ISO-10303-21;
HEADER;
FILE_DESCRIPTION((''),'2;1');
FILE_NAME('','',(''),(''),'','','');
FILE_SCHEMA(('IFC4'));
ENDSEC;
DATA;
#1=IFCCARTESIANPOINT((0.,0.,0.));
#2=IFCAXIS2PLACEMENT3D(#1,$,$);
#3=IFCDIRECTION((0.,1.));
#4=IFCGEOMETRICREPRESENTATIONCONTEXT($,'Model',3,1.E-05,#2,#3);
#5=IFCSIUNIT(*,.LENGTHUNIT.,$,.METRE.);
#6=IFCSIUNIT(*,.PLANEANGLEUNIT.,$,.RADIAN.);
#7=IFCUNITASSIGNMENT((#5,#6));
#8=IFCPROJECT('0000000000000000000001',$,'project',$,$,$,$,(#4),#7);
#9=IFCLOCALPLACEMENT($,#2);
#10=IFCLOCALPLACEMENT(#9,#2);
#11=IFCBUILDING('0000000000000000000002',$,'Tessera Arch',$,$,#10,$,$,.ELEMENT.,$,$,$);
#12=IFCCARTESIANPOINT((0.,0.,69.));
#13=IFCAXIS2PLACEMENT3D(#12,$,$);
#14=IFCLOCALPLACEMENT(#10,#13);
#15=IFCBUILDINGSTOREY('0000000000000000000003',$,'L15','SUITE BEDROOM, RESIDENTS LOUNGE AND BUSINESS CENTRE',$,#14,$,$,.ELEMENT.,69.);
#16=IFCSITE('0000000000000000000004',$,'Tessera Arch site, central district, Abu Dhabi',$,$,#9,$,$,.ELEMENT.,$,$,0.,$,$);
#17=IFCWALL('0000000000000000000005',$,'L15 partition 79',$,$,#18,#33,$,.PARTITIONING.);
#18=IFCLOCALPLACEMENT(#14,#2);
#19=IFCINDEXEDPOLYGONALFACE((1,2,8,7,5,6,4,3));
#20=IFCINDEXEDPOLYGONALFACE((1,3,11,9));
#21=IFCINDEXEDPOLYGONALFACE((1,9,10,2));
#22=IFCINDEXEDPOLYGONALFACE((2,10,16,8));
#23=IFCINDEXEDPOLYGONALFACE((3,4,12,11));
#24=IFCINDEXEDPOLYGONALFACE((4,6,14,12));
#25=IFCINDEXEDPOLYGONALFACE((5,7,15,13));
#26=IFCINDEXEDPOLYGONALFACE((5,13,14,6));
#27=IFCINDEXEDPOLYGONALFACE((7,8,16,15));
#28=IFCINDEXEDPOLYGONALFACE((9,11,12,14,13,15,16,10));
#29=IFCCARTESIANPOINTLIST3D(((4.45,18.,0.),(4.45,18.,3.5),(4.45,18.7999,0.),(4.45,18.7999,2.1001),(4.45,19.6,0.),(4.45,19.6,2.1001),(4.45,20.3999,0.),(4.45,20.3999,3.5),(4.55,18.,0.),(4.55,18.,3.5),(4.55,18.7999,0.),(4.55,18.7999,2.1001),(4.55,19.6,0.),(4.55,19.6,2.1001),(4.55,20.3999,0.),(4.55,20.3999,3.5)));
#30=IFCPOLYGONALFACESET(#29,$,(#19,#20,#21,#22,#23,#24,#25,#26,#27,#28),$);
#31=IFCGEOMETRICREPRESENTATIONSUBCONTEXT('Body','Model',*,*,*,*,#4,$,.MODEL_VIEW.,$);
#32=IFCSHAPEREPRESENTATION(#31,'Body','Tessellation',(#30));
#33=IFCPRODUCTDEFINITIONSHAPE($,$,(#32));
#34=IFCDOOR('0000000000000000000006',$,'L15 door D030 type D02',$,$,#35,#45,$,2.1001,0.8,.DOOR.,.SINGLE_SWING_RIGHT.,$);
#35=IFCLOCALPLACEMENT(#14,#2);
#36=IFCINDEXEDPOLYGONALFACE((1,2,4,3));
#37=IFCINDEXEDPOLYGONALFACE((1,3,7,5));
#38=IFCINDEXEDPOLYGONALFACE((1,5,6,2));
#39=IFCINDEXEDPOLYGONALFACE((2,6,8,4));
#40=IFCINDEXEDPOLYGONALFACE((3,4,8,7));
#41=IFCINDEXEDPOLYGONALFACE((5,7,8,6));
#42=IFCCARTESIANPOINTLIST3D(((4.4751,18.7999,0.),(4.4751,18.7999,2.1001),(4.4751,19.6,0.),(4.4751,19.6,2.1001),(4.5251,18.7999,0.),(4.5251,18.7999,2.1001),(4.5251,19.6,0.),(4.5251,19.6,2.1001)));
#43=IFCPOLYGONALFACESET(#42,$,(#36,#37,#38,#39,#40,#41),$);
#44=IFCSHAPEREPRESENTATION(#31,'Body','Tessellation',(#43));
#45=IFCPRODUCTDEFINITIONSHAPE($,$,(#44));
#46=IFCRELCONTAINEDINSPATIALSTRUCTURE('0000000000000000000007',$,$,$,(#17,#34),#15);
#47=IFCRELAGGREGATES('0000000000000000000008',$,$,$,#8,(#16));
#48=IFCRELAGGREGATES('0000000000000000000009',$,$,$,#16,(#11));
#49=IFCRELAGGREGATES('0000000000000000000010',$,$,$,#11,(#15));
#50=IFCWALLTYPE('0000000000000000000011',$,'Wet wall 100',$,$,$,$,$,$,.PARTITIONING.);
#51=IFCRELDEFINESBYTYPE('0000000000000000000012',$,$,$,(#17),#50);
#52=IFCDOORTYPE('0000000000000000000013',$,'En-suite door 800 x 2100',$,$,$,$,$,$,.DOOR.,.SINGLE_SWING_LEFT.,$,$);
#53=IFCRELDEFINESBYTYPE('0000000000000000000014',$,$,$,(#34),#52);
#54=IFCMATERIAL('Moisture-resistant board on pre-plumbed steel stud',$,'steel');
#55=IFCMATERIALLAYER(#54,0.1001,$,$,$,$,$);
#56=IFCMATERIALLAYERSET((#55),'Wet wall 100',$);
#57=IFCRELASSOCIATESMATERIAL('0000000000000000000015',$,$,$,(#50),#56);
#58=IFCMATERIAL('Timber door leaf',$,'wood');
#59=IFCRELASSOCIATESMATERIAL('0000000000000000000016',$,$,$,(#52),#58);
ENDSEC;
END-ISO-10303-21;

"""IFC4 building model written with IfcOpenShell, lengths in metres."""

from ifc_helpers import new_model, si_unit, direction, frame, frame_2d, origin, place, context, subcontext, project, spatial, rectangle, extrude, material, layer, layer_set, type_object, element, fill, save


model = new_model("IFC4")

# Units and contexts
model_context = context("Model", 3, precision=1e-05, world=origin(), true_north=direction((0.0, 1.0)))
body_context = subcontext(model_context, "Body", "Model", "MODEL_VIEW")
ifc_project = project(units=[si_unit("LENGTHUNIT", "METRE"), si_unit("PLANEANGLEUNIT", "RADIAN")], contexts=[model_context])

# Site, building, storey
site_placement = place(None, origin())
site = spatial("IfcSite", under=ifc_project, at=site_placement, Name="Tessera Arch site, central district, Abu Dhabi", CompositionType="ELEMENT", RefElevation=0.0)
building_placement = place(site_placement, origin())
building = spatial("IfcBuilding", under=site, at=building_placement, Name="Tessera Arch", CompositionType="ELEMENT")
storey_placement = place(building_placement, frame((0.0, 0.0, 69.0)))
storey = spatial("IfcBuildingStorey", under=building, at=storey_placement, Name="L15", Description="SUITE BEDROOM, RESIDENTS LOUNGE AND BUSINESS CENTRE", CompositionType="ELEMENT", Elevation=69.0)

# Shared definitions
ifc_material_1 = material(Name="Moisture-resistant board on pre-plumbed steel stud", Category="steel")
ifc_layer_1 = layer(ifc_material_1, 0.1001)
ifc_layer_set_1 = layer_set([ifc_layer_1], Name="Wet wall 100")
wall_type_1 = type_object("IfcWallType", Name="Wet wall 100", PredefinedType="PARTITIONING", material=ifc_layer_set_1)

# Wall, opening, door
wall_1_placement = place(storey_placement, frame((4.5, 18.0, 0.0), z_axis=(0.0, 0.0, 1.0), x_axis=(0.0, 1.0, 0.0)))
wall_1 = element("IfcWall", 1, at=wall_1_placement, inside=storey, type_object=wall_type_1, Name="L15 partition 79", PredefinedType="PARTITIONING", context=body_context, shape_type="SweptSolid", body=[
    extrude(rectangle(XDim=2.3999, YDim=0.1001, at=frame_2d((1.2, 0.0))), origin(), (0.0, 0.0, 1.0), 3.5),
])
opening_1_placement = place(wall_1_placement, frame((0.8, 0.0, 0.0)))
opening_1 = element("IfcOpeningElement", 2, at=opening_1_placement, cuts=wall_1, PredefinedType="OPENING", context=body_context, shape_type="SweptSolid", body=[
    extrude(rectangle(XDim=0.8, YDim=2.1001, at=frame_2d((0.3999, 1.05))), frame((0.0, 0.0601, 0.0), z_axis=(0.0, -1.0, 0.0), x_axis=(1.0, 0.0, 0.0)), (0.0, 0.0, 1.0), 0.1201),
])
ifc_material_2 = material(Name="Timber door leaf", Category="wood")
door_type_1 = type_object("IfcDoorType", Name="En-suite door 800 x 2100", OperationType="SINGLE_SWING_LEFT", PredefinedType="DOOR", material=ifc_material_2)
door_1_placement = place(opening_1_placement, origin())
door_1 = element("IfcDoor", 3, at=door_1_placement, inside=storey, type_object=door_type_1, Name="L15 door D030 type D02", OperationType="SINGLE_SWING_RIGHT", OverallHeight=2.1001, OverallWidth=0.8, PredefinedType="DOOR", context=body_context, shape_type="SweptSolid", body=[
    extrude(rectangle(XDim=0.8, YDim=2.1001, at=frame_2d((0.3999, 1.05))), frame((0.0, 0.0249, 0.0), z_axis=(0.0, -1.0, 0.0), x_axis=(1.0, 0.0, 0.0)), (0.0, 0.0, 1.0), 0.05),
])
fill(opening_1, door_1)

save(model, "model.ifc")
